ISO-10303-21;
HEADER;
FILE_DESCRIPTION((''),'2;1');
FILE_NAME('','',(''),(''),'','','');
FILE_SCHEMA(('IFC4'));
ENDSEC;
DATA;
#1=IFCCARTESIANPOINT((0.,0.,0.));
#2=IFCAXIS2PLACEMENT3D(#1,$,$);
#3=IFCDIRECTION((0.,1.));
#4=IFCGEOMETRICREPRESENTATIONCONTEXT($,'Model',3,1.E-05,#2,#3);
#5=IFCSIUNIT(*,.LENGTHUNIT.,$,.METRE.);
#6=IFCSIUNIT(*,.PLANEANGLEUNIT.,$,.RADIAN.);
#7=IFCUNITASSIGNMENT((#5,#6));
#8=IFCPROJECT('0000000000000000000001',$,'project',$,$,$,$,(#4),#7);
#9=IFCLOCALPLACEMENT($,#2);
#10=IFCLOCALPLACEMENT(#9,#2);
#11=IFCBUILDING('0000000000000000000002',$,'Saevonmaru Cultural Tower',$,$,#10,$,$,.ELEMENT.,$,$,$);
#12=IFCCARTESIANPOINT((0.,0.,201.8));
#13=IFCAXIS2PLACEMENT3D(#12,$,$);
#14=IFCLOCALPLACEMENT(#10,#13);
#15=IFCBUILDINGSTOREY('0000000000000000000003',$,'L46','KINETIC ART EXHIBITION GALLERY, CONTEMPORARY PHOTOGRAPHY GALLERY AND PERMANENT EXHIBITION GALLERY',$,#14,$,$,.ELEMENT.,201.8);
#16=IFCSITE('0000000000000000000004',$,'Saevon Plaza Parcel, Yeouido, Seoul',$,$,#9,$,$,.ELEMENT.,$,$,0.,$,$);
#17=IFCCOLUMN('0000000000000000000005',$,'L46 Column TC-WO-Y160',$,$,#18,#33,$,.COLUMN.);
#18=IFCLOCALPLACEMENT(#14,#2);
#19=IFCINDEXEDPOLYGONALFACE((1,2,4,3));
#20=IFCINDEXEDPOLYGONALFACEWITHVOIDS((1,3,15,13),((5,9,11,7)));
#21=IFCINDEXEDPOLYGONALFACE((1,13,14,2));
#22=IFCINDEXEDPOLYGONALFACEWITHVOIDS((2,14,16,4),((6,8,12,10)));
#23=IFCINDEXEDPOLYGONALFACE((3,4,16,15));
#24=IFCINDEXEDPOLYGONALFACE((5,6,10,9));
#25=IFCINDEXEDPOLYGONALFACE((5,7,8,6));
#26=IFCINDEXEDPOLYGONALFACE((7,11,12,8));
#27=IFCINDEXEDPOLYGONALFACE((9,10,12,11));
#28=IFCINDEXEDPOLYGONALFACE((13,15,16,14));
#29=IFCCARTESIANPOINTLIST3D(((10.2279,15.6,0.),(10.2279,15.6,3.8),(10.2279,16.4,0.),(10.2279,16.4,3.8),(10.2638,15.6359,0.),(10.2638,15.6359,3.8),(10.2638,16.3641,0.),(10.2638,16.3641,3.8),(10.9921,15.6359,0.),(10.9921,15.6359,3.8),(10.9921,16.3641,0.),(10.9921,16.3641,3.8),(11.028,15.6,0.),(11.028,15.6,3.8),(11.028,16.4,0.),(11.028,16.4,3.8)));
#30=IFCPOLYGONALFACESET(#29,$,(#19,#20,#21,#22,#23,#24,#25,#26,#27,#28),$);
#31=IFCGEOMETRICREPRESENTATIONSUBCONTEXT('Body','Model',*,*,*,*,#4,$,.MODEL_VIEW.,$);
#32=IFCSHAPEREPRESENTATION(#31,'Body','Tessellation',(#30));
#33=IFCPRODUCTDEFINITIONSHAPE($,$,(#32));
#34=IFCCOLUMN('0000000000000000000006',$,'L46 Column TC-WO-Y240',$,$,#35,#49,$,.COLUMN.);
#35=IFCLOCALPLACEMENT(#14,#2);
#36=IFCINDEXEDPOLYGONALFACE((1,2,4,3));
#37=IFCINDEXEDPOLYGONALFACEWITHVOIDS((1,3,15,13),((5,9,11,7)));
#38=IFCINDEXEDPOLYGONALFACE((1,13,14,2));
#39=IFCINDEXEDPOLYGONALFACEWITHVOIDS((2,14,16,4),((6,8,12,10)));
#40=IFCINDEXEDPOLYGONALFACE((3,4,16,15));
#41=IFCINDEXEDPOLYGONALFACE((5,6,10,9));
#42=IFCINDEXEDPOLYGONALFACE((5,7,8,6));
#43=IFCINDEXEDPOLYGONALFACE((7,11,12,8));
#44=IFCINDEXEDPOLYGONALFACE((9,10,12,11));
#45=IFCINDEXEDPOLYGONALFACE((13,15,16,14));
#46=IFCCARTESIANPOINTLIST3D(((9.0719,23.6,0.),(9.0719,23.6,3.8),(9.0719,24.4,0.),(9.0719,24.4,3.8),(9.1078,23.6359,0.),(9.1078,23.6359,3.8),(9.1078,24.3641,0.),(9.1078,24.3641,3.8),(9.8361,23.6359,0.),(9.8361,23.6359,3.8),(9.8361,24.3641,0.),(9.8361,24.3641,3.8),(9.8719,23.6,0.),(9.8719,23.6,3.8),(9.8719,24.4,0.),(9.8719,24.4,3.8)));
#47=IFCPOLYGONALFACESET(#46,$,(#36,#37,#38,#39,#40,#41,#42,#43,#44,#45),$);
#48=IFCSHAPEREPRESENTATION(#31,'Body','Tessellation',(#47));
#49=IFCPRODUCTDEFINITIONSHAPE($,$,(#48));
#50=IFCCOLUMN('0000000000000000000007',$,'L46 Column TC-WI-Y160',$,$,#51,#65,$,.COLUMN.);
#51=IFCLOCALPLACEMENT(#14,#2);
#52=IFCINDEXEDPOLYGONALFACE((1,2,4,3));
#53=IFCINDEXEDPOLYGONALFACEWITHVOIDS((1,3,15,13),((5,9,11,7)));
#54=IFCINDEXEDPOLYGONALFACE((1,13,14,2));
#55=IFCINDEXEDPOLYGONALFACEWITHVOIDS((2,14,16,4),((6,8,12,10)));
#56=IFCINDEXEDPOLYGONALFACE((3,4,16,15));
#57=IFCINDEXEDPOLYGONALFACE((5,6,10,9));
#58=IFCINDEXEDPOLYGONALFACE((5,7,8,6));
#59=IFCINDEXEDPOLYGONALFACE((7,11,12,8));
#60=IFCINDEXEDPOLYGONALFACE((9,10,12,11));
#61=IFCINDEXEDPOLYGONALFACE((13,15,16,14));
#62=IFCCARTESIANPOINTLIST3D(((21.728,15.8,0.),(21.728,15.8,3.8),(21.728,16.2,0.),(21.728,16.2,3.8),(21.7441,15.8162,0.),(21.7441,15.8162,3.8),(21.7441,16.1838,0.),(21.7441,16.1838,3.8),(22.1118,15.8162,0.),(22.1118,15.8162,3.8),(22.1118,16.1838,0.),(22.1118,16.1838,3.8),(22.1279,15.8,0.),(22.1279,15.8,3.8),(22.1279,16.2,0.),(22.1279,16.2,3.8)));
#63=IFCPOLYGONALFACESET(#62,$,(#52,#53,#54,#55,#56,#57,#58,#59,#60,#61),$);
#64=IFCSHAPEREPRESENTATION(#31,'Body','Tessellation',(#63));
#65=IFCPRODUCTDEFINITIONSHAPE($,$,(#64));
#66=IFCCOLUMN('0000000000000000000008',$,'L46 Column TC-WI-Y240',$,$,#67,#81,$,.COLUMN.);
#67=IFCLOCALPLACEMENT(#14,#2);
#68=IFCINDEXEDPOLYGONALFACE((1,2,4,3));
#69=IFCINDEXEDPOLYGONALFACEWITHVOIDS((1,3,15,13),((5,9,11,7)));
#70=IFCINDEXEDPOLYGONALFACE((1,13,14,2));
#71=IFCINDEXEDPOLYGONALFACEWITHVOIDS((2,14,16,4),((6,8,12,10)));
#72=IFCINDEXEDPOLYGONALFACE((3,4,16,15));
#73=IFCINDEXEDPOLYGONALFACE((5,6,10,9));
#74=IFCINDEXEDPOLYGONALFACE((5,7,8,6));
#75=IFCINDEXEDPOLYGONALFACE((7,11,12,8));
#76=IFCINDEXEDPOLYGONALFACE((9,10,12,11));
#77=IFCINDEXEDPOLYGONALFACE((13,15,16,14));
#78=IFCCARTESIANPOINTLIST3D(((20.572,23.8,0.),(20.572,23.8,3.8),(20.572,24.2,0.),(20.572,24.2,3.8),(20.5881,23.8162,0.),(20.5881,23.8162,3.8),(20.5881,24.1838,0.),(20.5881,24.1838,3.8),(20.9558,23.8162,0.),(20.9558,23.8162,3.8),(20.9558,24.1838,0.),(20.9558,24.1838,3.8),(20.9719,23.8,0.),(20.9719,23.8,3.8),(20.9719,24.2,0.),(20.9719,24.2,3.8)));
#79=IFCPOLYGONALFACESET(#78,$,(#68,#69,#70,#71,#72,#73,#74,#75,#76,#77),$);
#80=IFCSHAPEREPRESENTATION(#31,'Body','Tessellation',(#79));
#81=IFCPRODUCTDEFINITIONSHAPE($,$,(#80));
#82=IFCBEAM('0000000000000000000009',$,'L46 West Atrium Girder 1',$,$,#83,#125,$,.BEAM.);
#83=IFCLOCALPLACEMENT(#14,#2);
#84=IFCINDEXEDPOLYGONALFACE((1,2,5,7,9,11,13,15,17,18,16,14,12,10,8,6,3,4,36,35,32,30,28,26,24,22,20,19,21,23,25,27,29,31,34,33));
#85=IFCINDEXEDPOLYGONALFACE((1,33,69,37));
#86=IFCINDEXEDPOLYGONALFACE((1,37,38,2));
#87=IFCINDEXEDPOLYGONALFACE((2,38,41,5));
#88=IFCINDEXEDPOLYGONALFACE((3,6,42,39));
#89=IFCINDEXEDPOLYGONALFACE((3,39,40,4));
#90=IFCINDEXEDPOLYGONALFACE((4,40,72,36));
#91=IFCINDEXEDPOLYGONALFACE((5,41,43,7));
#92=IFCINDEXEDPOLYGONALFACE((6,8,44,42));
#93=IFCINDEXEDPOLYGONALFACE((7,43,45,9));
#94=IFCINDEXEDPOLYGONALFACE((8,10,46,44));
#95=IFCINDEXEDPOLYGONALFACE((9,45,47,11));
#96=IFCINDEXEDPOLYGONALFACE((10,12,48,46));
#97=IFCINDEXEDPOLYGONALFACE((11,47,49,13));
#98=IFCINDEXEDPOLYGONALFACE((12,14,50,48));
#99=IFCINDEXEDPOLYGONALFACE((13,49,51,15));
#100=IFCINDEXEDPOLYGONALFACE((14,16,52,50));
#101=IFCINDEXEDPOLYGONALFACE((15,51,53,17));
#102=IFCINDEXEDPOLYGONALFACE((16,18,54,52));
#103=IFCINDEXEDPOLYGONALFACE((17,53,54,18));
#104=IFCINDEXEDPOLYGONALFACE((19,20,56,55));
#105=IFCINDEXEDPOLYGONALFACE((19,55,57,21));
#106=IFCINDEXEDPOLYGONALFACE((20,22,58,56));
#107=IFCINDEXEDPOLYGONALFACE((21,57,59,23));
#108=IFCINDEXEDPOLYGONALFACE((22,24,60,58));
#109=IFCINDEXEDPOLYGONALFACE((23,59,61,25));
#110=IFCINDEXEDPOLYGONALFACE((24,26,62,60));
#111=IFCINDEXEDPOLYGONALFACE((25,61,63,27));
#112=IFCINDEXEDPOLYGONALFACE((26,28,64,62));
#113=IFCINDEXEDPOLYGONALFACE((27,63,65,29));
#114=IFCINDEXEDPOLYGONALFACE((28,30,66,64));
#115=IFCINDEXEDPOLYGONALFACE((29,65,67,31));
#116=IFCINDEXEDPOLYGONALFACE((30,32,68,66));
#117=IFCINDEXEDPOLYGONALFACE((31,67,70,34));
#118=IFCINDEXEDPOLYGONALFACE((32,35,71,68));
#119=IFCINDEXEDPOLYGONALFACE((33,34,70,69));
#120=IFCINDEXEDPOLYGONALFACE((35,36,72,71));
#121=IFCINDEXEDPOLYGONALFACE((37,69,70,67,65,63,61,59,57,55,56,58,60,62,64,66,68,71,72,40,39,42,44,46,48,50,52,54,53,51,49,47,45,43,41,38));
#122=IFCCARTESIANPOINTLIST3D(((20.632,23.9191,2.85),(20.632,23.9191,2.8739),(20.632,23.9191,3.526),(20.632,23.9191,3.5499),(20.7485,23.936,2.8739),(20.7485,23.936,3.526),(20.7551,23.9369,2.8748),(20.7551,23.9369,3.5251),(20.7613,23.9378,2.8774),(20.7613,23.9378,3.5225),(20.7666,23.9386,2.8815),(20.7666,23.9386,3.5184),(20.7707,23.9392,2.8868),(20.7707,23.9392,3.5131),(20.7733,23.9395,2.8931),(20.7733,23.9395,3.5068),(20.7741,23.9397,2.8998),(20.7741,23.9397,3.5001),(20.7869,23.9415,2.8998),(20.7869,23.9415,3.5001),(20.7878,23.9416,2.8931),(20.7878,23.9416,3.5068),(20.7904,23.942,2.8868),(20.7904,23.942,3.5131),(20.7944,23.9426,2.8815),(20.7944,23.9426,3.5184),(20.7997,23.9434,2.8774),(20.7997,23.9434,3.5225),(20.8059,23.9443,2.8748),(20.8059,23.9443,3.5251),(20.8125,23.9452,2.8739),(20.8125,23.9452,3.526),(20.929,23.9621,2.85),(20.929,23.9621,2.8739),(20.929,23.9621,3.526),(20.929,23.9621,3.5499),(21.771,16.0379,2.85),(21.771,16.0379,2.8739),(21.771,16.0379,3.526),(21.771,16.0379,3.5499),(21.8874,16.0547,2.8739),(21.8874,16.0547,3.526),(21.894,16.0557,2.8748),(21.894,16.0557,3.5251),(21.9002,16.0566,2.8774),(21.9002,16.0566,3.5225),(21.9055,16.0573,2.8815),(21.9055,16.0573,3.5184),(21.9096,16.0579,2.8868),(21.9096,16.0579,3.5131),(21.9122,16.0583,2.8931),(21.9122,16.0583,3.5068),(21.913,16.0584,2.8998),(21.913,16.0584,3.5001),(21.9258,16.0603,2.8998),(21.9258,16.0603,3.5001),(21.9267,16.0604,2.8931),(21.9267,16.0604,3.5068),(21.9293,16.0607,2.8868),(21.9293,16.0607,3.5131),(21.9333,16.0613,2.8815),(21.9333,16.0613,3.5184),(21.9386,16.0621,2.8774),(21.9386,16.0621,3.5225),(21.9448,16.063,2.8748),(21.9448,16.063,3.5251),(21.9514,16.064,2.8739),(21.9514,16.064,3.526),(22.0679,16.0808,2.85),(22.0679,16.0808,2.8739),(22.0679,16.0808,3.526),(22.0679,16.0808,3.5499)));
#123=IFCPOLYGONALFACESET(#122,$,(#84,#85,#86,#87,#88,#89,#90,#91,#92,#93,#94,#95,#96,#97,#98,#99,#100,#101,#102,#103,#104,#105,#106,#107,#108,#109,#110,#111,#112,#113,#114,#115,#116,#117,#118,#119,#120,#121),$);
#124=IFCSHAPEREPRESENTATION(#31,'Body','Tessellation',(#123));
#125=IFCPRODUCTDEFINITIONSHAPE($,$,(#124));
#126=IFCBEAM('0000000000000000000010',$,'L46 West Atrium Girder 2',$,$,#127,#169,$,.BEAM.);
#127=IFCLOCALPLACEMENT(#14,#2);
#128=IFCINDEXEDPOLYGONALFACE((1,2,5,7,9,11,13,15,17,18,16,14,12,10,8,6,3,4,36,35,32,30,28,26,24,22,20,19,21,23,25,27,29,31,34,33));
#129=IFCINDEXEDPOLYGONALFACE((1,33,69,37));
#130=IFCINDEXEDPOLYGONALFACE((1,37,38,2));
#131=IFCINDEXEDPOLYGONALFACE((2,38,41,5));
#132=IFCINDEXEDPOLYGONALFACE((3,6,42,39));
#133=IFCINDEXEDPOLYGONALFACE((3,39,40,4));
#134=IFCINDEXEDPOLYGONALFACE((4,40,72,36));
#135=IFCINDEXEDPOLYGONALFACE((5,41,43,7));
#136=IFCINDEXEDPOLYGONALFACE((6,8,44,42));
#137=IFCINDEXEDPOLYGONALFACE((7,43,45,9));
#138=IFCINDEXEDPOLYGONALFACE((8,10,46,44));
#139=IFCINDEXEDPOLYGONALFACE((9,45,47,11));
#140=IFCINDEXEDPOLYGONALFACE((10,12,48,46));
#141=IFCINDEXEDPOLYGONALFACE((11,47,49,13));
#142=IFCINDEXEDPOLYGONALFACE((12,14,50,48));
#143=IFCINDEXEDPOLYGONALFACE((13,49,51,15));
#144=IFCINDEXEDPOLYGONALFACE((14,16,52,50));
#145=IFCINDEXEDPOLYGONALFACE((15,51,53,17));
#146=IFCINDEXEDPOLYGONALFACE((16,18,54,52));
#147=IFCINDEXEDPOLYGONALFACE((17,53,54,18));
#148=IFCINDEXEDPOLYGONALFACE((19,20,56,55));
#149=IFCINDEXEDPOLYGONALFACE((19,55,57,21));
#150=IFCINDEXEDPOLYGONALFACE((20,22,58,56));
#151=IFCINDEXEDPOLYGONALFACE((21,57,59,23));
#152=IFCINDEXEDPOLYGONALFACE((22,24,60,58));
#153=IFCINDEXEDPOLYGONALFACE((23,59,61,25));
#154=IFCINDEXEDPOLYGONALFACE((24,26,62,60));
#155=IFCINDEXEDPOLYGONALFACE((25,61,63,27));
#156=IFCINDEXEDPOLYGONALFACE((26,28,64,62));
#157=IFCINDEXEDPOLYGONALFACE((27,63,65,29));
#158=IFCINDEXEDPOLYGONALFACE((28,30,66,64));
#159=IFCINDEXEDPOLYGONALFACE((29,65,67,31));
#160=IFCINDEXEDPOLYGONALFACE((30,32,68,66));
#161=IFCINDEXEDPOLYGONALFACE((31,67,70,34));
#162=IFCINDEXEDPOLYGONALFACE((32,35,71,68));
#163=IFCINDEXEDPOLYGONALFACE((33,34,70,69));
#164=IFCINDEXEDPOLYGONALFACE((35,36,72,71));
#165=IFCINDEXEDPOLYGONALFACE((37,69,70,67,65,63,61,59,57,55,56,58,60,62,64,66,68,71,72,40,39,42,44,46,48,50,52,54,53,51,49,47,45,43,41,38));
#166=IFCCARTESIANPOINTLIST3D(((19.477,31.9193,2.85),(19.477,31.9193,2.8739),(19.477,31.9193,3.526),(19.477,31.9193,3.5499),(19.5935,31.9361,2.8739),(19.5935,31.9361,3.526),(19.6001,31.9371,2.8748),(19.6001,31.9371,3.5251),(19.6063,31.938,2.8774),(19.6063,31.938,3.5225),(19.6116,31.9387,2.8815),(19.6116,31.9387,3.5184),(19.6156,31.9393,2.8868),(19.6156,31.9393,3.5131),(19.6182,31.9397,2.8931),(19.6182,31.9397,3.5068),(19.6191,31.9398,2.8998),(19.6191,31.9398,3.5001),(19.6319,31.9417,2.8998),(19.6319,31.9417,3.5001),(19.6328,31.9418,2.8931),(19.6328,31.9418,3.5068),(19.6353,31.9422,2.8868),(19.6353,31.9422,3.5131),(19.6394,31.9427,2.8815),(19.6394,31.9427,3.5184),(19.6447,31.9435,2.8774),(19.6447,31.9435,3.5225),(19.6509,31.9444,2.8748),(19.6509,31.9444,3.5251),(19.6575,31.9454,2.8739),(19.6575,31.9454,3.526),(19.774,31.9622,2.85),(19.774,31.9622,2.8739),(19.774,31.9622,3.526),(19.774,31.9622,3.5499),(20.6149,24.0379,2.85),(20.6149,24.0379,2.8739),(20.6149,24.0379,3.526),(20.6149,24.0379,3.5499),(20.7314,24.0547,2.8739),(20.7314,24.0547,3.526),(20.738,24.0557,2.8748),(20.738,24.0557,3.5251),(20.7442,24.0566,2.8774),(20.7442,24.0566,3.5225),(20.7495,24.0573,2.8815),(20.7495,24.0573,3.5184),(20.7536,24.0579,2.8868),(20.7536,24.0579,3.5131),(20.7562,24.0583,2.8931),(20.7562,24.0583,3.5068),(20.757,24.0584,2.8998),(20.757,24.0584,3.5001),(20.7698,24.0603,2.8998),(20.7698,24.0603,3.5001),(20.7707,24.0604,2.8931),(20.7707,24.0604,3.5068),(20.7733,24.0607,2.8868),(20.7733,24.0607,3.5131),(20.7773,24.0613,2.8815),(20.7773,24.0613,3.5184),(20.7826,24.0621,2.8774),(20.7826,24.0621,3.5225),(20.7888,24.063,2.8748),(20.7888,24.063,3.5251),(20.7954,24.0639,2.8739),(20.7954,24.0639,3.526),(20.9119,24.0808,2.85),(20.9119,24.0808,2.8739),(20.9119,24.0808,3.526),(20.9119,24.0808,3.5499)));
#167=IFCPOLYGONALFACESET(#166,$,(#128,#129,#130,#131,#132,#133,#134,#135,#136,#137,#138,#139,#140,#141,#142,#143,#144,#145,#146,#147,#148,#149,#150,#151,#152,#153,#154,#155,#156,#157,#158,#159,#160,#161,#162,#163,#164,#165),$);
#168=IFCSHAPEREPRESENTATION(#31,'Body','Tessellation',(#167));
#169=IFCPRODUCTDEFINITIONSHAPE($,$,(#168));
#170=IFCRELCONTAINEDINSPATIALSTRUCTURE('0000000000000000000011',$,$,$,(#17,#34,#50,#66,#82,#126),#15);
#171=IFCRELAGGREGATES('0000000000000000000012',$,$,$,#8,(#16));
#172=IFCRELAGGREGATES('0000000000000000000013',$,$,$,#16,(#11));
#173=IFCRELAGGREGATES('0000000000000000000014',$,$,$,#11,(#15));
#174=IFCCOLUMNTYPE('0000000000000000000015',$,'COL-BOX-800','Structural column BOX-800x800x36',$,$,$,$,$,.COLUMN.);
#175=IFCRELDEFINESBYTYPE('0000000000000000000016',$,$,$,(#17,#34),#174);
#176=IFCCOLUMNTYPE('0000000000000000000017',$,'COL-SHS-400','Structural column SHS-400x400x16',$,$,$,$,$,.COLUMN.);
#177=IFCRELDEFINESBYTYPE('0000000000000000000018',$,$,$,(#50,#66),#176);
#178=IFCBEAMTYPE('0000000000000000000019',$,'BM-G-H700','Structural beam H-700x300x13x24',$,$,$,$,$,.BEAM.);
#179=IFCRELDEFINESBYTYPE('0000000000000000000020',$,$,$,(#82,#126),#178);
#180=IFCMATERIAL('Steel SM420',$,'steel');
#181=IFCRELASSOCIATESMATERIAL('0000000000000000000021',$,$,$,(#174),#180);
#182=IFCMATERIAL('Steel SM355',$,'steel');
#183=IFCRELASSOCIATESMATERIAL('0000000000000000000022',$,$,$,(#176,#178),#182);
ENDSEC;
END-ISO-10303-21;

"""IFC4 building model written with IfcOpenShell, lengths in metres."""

from ifc_helpers import new_model, si_unit, direction, frame, origin, origin_2d, place, context, subcontext, project, spatial, hollow_rectangle, i_section, extrude, material, material_profile, profile_set, type_object, element, save


model = new_model("IFC4")

# Units and contexts
model_context = context("Model", 3, precision=1e-05, world=origin(), true_north=direction((0.0, 1.0)))
body_context = subcontext(model_context, "Body", "Model", "MODEL_VIEW")
ifc_project = project(units=[si_unit("LENGTHUNIT", "METRE"), si_unit("PLANEANGLEUNIT", "RADIAN")], contexts=[model_context])

# Site, building, storey
site_placement = place(None, origin())
site = spatial("IfcSite", under=ifc_project, at=site_placement, Name="Saevon Plaza Parcel, Yeouido, Seoul", CompositionType="ELEMENT", RefElevation=0.0)
building_placement = place(site_placement, origin())
building = spatial("IfcBuilding", under=site, at=building_placement, Name="Saevonmaru Cultural Tower", CompositionType="ELEMENT")
storey_placement = place(building_placement, frame((0.0, 0.0, 201.8)))
storey = spatial("IfcBuildingStorey", under=building, at=storey_placement, Name="L46", Description="KINETIC ART EXHIBITION GALLERY, CONTEMPORARY PHOTOGRAPHY GALLERY AND PERMANENT EXHIBITION GALLERY", CompositionType="ELEMENT", Elevation=201.8)

# Columns
ifc_material_1 = material(Name="Steel SM420", Category="steel")
ifc_material_profile_1 = material_profile(ifc_material_1, hollow_rectangle(XDim=0.8, YDim=0.8, WallThickness=0.0359, at=origin_2d()), Name="BOX-800x800x36")
ifc_profile_set_1 = profile_set([ifc_material_profile_1], Name="Steel SM420")
column_type_1 = type_object("IfcColumnType", Name="COL-BOX-800", Description="Structural column BOX-800x800x36", PredefinedType="COLUMN", material=ifc_profile_set_1)
for number, where, z_axis, x_axis, name in (
    (1, (10.6279, 16.0, 0.0), (0.0, 0.0, 1.0), (1.0, 0.0, 0.0), "L46 Column TC-WO-Y160"),
    (2, (9.4719, 24.0, 0.0), (0.0, 0.0, 1.0), (1.0, 0.0, 0.0), "L46 Column TC-WO-Y240"),
):
    element("IfcColumn", number, at=place(storey_placement, frame(where, z_axis=z_axis, x_axis=x_axis)), inside=storey, type_object=column_type_1, Name=name, PredefinedType="COLUMN", context=body_context, shape_type="SweptSolid", body=[
        extrude(hollow_rectangle(XDim=0.8, YDim=0.8, WallThickness=0.0359, at=origin_2d()), origin(), (0.0, 0.0, 1.0), 3.8),
    ])
ifc_material_2 = material(Name="Steel SM355", Category="steel")
ifc_material_profile_2 = material_profile(ifc_material_2, hollow_rectangle(XDim=0.3999, YDim=0.3999, WallThickness=0.0161, at=origin_2d()), Name="SHS-400x400x16")
ifc_profile_set_2 = profile_set([ifc_material_profile_2], Name="Steel SM355")
column_type_2 = type_object("IfcColumnType", Name="COL-SHS-400", Description="Structural column SHS-400x400x16", PredefinedType="COLUMN", material=ifc_profile_set_2)
for number, where, z_axis, x_axis, name in (
    (3, (21.928, 16.0, 0.0), (0.0, 0.0, 1.0), (1.0, 0.0, 0.0), "L46 Column TC-WI-Y160"),
    (4, (20.772, 24.0, 0.0), (0.0, 0.0, 1.0), (1.0, 0.0, 0.0), "L46 Column TC-WI-Y240"),
):
    element("IfcColumn", number, at=place(storey_placement, frame(where, z_axis=z_axis, x_axis=x_axis)), inside=storey, type_object=column_type_2, Name=name, PredefinedType="COLUMN", context=body_context, shape_type="SweptSolid", body=[
        extrude(hollow_rectangle(XDim=0.3999, YDim=0.3999, WallThickness=0.0161, at=origin_2d()), origin(), (0.0, 0.0, 1.0), 3.8),
    ])

# Beams
ifc_material_profile_3 = material_profile(ifc_material_2, i_section(OverallWidth=0.3, OverallDepth=0.7, WebThickness=0.0129, FlangeThickness=0.0239, FilletRadius=0.0259, at=origin_2d()), Name="H-700x300x13x24")
ifc_profile_set_3 = profile_set([ifc_material_profile_3], Name="Steel SM355")
beam_type_1 = type_object("IfcBeamType", Name="BM-G-H700", Description="Structural beam H-700x300x13x24", PredefinedType="BEAM", material=ifc_profile_set_3)
for number, where, z_axis, x_axis, name in (
    (5, (21.9194, 16.0593, 3.2), (-0.143022, 0.989719, 0.0), (-0.989719, -0.143022, 0.0), "L46 West Atrium Girder 1"),
    (6, (20.7634, 24.0593, 3.2), (-0.142902, 0.989737, 0.0), (-0.989737, -0.142902, 0.0), "L46 West Atrium Girder 2"),
):
    element("IfcBeam", number, at=place(storey_placement, frame(where, z_axis=z_axis, x_axis=x_axis)), inside=storey, type_object=beam_type_1, Name=name, PredefinedType="BEAM", context=body_context, shape_type="SweptSolid", body=[
        extrude(i_section(OverallWidth=0.3, OverallDepth=0.7, WebThickness=0.0129, FlangeThickness=0.0239, FilletRadius=0.0259, at=origin_2d()), origin(), (0.0, 0.0, 1.0), 7.9631),
    ])

save(model, "model.ifc")
